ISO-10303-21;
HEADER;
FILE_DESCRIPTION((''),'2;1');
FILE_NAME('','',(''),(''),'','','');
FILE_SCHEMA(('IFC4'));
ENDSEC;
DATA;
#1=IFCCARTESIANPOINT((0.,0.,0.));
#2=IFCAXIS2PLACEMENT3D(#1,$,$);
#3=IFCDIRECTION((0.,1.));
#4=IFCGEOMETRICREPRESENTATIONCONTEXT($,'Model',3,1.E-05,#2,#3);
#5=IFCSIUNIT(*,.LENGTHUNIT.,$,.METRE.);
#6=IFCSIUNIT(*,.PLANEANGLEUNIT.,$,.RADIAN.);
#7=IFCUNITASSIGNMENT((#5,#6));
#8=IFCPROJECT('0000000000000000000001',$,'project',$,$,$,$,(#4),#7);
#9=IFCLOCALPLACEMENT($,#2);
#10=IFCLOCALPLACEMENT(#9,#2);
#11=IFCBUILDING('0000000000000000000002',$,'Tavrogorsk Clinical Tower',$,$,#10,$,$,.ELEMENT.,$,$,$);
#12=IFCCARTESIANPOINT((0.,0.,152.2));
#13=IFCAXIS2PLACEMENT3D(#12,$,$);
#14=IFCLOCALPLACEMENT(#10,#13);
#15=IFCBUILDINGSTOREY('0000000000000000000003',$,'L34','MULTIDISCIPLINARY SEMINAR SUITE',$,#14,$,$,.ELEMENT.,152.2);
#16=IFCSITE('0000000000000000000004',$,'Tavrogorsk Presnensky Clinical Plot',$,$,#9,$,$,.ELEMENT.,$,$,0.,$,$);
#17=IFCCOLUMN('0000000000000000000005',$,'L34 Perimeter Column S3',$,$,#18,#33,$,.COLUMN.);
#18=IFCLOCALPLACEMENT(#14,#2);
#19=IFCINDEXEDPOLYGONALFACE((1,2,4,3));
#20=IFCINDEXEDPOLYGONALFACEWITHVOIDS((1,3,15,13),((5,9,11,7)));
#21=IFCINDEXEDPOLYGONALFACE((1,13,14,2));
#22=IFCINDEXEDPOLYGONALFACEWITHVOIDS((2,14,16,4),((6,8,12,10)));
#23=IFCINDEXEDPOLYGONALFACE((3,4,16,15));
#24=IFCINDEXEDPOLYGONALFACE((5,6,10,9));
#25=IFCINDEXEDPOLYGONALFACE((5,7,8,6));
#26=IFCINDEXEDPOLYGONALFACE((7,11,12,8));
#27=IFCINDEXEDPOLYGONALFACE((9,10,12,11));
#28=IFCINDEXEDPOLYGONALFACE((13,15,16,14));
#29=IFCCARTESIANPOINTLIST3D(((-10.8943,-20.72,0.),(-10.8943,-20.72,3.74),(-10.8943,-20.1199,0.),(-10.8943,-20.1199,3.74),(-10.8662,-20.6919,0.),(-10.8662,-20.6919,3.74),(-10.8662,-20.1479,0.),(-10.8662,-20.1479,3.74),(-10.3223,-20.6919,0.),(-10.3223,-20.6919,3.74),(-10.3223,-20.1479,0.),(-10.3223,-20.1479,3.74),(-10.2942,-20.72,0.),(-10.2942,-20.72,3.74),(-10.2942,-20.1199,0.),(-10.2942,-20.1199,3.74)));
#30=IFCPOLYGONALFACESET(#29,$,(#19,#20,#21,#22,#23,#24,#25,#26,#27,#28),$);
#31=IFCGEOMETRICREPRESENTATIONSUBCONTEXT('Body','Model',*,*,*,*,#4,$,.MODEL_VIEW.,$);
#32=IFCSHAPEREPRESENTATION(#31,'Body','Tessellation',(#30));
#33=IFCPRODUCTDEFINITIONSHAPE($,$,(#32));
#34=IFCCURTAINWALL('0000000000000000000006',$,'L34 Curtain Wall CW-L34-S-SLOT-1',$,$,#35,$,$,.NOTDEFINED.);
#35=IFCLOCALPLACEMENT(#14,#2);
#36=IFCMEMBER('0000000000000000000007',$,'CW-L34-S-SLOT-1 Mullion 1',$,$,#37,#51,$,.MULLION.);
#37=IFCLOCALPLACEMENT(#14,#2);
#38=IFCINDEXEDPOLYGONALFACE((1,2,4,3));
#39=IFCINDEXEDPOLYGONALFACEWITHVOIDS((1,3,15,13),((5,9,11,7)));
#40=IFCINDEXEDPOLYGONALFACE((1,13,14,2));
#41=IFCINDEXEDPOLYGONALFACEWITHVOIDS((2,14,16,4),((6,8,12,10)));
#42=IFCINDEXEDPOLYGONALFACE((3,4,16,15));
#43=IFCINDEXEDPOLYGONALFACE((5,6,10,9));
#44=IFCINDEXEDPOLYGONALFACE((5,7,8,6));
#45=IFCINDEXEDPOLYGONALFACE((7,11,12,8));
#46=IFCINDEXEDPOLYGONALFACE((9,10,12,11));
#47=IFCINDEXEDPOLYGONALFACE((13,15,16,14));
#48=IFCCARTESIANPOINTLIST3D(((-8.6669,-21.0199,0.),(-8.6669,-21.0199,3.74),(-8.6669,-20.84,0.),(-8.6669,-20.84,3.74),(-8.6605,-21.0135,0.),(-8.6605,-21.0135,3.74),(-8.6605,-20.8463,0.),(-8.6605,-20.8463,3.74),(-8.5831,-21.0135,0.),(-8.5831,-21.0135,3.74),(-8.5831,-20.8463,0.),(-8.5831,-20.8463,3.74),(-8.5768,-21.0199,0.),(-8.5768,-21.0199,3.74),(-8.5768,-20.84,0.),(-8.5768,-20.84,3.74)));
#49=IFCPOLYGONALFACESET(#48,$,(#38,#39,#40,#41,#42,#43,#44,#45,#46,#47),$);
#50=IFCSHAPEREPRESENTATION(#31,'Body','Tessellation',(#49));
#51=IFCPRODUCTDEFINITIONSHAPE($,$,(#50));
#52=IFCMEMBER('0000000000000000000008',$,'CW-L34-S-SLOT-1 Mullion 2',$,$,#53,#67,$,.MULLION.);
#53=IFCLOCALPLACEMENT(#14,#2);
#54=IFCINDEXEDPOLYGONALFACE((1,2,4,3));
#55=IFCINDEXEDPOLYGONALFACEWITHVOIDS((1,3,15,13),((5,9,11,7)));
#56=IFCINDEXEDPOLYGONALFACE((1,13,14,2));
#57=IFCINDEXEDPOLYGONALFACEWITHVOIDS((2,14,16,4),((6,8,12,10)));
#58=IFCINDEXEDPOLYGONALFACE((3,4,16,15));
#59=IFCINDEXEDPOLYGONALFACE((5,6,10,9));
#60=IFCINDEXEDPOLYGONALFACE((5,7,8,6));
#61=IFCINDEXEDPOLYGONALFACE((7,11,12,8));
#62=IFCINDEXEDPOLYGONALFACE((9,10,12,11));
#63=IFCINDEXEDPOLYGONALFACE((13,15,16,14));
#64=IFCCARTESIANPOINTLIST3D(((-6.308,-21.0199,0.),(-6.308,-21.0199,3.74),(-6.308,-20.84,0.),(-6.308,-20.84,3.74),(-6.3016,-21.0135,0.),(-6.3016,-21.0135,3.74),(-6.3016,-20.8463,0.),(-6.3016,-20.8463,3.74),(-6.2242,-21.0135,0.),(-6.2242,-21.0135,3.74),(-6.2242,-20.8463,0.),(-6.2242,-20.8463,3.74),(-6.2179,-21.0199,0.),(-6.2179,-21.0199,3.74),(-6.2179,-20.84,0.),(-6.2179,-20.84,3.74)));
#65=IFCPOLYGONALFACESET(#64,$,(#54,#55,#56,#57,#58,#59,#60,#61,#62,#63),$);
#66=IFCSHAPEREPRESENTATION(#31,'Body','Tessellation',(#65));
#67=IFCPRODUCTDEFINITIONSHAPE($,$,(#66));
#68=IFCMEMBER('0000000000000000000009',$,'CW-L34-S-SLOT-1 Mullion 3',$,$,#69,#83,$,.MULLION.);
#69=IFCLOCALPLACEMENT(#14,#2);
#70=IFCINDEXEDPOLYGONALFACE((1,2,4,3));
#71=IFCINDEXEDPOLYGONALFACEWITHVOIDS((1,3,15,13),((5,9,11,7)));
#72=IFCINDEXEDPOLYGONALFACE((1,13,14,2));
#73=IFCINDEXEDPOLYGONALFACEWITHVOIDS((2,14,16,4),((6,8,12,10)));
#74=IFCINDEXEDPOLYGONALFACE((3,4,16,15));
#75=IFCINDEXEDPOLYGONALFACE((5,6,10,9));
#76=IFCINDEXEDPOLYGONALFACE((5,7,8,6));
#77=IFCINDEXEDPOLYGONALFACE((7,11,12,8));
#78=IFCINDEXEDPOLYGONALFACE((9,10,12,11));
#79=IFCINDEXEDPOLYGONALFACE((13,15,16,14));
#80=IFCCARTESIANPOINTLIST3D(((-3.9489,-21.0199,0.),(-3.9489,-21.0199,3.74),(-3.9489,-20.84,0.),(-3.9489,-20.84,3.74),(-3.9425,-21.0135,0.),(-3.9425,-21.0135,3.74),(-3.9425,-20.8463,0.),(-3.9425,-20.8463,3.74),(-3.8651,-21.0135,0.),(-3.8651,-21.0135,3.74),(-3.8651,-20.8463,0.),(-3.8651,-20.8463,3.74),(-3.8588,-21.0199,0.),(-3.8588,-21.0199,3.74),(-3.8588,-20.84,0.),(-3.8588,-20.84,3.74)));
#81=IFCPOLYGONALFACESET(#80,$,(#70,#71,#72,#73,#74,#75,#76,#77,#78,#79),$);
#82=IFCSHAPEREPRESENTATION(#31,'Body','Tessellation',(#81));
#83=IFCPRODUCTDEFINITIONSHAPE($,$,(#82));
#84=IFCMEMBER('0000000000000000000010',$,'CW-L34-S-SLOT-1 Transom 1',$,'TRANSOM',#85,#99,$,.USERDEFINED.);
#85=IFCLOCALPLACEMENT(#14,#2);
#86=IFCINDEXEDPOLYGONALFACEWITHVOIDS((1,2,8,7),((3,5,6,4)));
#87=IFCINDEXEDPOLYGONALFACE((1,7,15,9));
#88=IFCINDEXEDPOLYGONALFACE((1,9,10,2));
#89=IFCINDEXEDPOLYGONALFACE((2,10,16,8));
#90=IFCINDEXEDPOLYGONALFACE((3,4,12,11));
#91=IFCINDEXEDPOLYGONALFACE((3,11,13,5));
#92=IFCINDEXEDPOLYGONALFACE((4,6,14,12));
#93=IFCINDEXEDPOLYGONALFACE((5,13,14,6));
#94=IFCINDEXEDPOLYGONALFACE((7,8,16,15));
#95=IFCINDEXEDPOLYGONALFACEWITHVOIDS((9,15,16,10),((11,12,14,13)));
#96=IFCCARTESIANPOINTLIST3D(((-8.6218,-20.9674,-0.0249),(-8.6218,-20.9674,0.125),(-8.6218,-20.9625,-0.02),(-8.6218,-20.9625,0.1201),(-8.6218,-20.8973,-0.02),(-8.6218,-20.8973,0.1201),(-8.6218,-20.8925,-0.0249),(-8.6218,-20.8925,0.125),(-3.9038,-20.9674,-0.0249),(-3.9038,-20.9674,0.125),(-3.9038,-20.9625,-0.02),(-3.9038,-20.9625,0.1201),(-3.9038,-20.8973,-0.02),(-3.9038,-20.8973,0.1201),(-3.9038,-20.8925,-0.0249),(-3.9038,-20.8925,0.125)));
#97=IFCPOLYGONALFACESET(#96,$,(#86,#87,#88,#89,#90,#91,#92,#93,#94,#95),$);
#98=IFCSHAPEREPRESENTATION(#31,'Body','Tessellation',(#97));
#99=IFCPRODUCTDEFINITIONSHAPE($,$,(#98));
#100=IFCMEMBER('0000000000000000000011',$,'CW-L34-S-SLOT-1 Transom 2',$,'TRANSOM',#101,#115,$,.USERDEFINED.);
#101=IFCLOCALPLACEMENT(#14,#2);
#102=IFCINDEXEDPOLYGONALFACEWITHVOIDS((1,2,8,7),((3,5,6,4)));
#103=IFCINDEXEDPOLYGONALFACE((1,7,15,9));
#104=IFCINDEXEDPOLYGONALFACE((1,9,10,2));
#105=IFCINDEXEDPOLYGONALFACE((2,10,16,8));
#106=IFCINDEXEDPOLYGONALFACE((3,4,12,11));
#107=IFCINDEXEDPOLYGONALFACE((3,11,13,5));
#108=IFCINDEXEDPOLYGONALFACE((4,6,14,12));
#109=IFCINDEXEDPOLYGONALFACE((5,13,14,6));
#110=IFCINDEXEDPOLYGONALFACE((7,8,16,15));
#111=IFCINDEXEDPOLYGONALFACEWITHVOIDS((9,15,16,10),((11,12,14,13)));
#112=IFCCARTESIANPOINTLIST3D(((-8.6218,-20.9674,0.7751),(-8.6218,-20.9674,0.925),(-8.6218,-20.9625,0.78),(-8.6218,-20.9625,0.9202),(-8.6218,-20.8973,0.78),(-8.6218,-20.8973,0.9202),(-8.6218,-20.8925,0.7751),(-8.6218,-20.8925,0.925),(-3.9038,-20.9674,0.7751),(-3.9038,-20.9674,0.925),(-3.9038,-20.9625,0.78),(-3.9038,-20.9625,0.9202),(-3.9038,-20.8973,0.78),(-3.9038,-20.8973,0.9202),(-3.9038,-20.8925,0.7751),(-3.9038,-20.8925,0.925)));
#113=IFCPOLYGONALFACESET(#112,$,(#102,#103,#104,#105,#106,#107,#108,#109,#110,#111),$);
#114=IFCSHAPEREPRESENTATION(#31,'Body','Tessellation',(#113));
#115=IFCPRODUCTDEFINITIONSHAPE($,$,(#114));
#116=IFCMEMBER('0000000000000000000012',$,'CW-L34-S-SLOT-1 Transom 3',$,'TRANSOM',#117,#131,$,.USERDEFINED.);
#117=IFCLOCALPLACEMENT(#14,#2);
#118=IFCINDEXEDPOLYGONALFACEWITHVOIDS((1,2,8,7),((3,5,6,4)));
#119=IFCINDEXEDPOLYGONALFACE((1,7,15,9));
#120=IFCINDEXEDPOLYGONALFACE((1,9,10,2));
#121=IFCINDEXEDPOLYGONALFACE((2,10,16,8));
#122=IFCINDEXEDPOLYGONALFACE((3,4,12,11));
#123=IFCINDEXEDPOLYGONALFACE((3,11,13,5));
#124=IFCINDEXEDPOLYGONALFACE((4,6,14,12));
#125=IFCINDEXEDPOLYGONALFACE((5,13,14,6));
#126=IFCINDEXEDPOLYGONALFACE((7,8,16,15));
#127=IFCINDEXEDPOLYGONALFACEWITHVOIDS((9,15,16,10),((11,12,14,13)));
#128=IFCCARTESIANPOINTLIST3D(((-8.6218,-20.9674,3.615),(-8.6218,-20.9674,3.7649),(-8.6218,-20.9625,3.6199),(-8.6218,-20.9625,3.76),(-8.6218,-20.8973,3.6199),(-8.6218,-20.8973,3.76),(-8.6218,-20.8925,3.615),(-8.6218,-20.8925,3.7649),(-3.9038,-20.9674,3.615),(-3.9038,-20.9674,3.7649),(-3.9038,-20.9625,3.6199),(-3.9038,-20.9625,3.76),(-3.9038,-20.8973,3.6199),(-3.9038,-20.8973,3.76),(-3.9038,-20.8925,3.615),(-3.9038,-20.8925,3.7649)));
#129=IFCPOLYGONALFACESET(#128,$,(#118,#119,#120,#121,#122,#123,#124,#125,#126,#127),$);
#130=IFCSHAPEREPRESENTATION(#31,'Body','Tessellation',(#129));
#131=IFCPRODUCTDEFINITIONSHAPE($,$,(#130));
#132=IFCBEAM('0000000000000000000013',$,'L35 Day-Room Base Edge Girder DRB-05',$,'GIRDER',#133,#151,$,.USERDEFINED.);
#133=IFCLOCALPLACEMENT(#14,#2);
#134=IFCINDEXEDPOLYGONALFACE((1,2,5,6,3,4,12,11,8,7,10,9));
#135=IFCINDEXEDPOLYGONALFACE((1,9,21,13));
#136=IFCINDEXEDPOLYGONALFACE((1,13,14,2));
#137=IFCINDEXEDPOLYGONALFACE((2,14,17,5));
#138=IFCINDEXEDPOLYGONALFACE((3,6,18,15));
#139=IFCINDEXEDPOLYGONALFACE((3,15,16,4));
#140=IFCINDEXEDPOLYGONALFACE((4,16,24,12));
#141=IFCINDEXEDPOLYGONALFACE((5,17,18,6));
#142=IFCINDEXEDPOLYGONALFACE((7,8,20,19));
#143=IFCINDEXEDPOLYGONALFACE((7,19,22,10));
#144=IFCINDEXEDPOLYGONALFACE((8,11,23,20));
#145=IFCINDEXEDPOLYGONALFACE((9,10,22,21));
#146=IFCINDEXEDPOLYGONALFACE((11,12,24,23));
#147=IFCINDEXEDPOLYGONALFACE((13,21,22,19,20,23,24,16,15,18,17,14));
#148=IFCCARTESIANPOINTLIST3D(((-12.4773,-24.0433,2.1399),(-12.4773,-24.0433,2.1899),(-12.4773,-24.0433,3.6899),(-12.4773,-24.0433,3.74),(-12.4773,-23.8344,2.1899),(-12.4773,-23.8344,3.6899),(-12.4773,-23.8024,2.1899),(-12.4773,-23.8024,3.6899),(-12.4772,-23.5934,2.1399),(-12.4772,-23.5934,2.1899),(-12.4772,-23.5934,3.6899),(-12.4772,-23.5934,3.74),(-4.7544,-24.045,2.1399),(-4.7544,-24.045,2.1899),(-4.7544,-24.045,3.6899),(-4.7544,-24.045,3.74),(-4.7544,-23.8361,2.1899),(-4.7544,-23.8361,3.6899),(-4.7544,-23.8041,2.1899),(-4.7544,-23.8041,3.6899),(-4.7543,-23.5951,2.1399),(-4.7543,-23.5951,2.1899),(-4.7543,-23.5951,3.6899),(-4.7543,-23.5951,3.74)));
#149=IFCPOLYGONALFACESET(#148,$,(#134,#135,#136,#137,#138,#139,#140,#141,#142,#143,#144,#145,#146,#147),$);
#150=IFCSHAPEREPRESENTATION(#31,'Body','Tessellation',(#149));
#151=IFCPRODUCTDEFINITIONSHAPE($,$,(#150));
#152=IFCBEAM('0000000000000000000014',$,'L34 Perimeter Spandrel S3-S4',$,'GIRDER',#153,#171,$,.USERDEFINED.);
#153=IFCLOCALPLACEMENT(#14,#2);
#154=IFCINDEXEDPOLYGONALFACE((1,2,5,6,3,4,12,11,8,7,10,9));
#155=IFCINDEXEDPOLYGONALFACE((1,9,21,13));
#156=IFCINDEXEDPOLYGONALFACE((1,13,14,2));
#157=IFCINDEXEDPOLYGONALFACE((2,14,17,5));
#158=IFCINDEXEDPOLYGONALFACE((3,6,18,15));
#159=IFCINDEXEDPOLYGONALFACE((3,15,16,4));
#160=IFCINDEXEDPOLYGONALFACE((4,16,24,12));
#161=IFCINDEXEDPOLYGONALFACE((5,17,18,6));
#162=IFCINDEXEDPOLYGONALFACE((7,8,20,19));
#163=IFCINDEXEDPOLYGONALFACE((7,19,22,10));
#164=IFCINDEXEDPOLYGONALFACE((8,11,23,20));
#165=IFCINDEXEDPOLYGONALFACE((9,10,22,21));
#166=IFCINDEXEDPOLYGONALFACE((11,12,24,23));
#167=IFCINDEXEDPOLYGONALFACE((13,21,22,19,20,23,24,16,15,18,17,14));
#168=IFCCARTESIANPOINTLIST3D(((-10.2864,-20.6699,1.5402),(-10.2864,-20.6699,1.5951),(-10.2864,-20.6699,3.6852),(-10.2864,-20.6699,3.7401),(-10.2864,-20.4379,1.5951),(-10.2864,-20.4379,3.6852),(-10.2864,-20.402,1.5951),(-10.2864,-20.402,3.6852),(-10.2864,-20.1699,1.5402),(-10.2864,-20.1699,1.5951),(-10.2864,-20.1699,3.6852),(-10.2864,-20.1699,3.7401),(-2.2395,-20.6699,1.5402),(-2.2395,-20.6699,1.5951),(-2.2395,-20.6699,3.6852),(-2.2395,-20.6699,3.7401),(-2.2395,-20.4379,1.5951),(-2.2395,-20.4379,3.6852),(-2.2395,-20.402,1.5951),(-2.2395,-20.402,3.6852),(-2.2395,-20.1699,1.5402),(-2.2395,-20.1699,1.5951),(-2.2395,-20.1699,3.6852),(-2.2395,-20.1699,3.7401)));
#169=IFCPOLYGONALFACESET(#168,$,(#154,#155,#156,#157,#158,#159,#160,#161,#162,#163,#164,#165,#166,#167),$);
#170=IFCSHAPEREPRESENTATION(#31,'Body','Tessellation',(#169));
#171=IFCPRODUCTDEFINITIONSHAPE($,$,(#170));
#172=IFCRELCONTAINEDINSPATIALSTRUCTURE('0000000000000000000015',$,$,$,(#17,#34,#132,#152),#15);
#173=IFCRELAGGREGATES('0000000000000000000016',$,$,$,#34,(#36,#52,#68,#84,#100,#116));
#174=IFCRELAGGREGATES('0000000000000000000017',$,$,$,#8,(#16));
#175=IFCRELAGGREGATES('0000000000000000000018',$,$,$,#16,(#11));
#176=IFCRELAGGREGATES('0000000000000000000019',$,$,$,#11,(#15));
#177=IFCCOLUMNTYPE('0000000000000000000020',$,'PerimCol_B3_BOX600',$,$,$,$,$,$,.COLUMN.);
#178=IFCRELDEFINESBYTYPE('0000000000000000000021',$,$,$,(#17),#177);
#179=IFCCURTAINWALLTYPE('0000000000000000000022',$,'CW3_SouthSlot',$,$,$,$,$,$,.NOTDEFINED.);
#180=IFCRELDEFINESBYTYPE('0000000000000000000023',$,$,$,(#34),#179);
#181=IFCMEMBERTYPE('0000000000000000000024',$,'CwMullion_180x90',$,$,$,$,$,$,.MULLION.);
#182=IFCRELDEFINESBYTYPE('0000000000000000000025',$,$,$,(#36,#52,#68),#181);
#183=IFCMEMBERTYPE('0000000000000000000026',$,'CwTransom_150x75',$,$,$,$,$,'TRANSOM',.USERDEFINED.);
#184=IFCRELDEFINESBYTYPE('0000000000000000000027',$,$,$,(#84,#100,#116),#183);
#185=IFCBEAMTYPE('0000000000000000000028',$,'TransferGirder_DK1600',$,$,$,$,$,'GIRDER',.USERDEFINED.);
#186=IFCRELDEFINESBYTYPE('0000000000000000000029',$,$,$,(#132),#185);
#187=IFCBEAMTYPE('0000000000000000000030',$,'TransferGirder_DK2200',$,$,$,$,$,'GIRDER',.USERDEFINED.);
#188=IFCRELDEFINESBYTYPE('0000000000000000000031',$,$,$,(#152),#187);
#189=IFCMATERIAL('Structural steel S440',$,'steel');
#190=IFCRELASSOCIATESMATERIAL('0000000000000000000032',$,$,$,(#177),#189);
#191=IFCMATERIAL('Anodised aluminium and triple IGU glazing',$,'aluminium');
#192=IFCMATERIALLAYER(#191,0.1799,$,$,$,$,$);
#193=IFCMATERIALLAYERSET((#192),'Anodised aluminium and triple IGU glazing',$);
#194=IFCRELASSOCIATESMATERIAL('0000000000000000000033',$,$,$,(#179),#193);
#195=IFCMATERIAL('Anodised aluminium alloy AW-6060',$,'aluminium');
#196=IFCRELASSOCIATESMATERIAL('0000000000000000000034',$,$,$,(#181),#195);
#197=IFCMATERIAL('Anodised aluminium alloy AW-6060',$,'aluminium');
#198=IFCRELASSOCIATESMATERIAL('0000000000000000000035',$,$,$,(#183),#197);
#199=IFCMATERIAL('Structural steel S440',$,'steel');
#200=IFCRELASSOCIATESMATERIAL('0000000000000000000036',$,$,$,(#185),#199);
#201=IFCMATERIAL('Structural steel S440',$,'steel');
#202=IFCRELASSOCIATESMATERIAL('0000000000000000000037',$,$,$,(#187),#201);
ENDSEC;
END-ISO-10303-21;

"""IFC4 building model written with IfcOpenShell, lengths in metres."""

from ifc_helpers import new_model, si_unit, direction, frame, origin, origin_2d, place, context, subcontext, project, spatial, hollow_rectangle, i_section, extrude, material, layer, layer_set, material_profile, profile_set, type_object, element, aggregate, save


model = new_model("IFC4")

# Units and contexts
model_context = context("Model", 3, precision=1e-05, world=origin(), true_north=direction((0.0, 1.0)))
body_context = subcontext(model_context, "Body", "Model", "MODEL_VIEW")
ifc_project = project(units=[si_unit("LENGTHUNIT", "METRE"), si_unit("PLANEANGLEUNIT", "RADIAN")], contexts=[model_context])

# Site, building, storey
site_placement = place(None, origin())
site = spatial("IfcSite", under=ifc_project, at=site_placement, Name="Tavrogorsk Presnensky Clinical Plot", CompositionType="ELEMENT", RefElevation=0.0)
building_placement = place(site_placement, origin())
building = spatial("IfcBuilding", under=site, at=building_placement, Name="Tavrogorsk Clinical Tower", CompositionType="ELEMENT")
storey_placement = place(building_placement, frame((0.0, 0.0, 152.2)))
storey = spatial("IfcBuildingStorey", under=building, at=storey_placement, Name="L34", Description="MULTIDISCIPLINARY SEMINAR SUITE", CompositionType="ELEMENT", Elevation=152.2)

# Column
ifc_material_1 = material(Name="Structural steel S440", Category="steel")
ifc_material_profile_1 = material_profile(ifc_material_1, hollow_rectangle(XDim=0.6001, YDim=0.6001, WallThickness=0.0281, at=origin_2d()), Name="BOX-600x600x28")
ifc_profile_set_1 = profile_set([ifc_material_profile_1], Name="Structural steel S440")
column_type = type_object("IfcColumnType", Name="PerimCol_B3_BOX600", PredefinedType="COLUMN", material=ifc_profile_set_1)
column_placement = place(storey_placement, frame((-10.5942, -20.4199, 0.0), z_axis=(0.0, 0.0, 1.0), x_axis=(1.0, 0.0, 0.0)))
element("IfcColumn", 1, at=column_placement, inside=storey, type_object=column_type, Name="L34 Perimeter Column S3", PredefinedType="COLUMN", context=body_context, shape_type="SweptSolid", body=[
    extrude(hollow_rectangle(XDim=0.6001, YDim=0.6001, WallThickness=0.0281, at=origin_2d()), origin(), (0.0, 0.0, 1.0), 3.74),
])

# Curtain wall, members
ifc_material_2 = material(Name="Anodised aluminium and triple IGU glazing", Category="aluminium")
ifc_layer_1 = layer(ifc_material_2, 0.1799)
ifc_layer_set_1 = layer_set([ifc_layer_1], Name="Anodised aluminium and triple IGU glazing")
curtain_wall_type = type_object("IfcCurtainWallType", Name="CW3_SouthSlot", PredefinedType="NOTDEFINED", material=ifc_layer_set_1)
curtain_wall_placement = place(storey_placement, origin())
curtain_wall = element("IfcCurtainWall", 2, at=curtain_wall_placement, inside=storey, type_object=curtain_wall_type, Name="L34 Curtain Wall CW-L34-S-SLOT-1", PredefinedType="NOTDEFINED")
ifc_material_3 = material(Name="Anodised aluminium alloy AW-6060", Category="aluminium")
ifc_material_profile_2 = material_profile(ifc_material_3, hollow_rectangle(XDim=0.0901, YDim=0.1799, WallThickness=0.0063, at=origin_2d()), Name="RHS-180x90x6.3")
ifc_profile_set_2 = profile_set([ifc_material_profile_2], Name="Anodised aluminium alloy AW-6060")
member_type_1 = type_object("IfcMemberType", Name="CwMullion_180x90", PredefinedType="MULLION", material=ifc_profile_set_2)
member_1_placement = place(storey_placement, frame((-8.6218, -20.9299, 0.0), z_axis=(0.0, 0.0, 1.0), x_axis=(1.0, 0.0, 0.0)))
member_1 = element("IfcMember", 3, at=member_1_placement, type_object=member_type_1, Name="CW-L34-S-SLOT-1 Mullion 1", PredefinedType="MULLION", context=body_context, shape_type="SweptSolid", body=[
    extrude(hollow_rectangle(XDim=0.0901, YDim=0.1799, WallThickness=0.0063, at=origin_2d()), origin(), (0.0, 0.0, 1.0), 3.74),
])
member_2_placement = place(storey_placement, frame((-6.2629, -20.9299, 0.0), z_axis=(0.0, 0.0, 1.0), x_axis=(1.0, 0.0, 0.0)))
member_2 = element("IfcMember", 4, at=member_2_placement, type_object=member_type_1, Name="CW-L34-S-SLOT-1 Mullion 2", PredefinedType="MULLION", context=body_context, shape_type="SweptSolid", body=[
    extrude(hollow_rectangle(XDim=0.0901, YDim=0.1799, WallThickness=0.0063, at=origin_2d()), origin(), (0.0, 0.0, 1.0), 3.74),
])
member_3_placement = place(storey_placement, frame((-3.9038, -20.9299, 0.0), z_axis=(0.0, 0.0, 1.0), x_axis=(1.0, 0.0, 0.0)))
member_3 = element("IfcMember", 5, at=member_3_placement, type_object=member_type_1, Name="CW-L34-S-SLOT-1 Mullion 3", PredefinedType="MULLION", context=body_context, shape_type="SweptSolid", body=[
    extrude(hollow_rectangle(XDim=0.0901, YDim=0.1799, WallThickness=0.0063, at=origin_2d()), origin(), (0.0, 0.0, 1.0), 3.74),
])
ifc_material_4 = material(Name="Anodised aluminium alloy AW-6060", Category="aluminium")
ifc_material_profile_3 = material_profile(ifc_material_4, hollow_rectangle(XDim=0.075, YDim=0.1499, WallThickness=0.0049, at=origin_2d()), Name="RHS-150x75x5")
ifc_profile_set_3 = profile_set([ifc_material_profile_3], Name="Anodised aluminium alloy AW-6060")
member_type_2 = type_object("IfcMemberType", Name="CwTransom_150x75", ElementType="TRANSOM", PredefinedType="USERDEFINED", material=ifc_profile_set_3)
member_4_placement = place(storey_placement, frame((-8.6218, -20.9299, 0.05), z_axis=(1.0, 0.0, 0.0), x_axis=(0.0, 1.0, 0.0)))
member_4 = element("IfcMember", 6, at=member_4_placement, type_object=member_type_2, Name="CW-L34-S-SLOT-1 Transom 1", ObjectType="TRANSOM", PredefinedType="USERDEFINED", context=body_context, shape_type="SweptSolid", body=[
    extrude(hollow_rectangle(XDim=0.075, YDim=0.1499, WallThickness=0.0049, at=origin_2d()), origin(), (0.0, 0.0, 1.0), 4.718),
])
member_5_placement = place(storey_placement, frame((-8.6218, -20.9299, 0.8501), z_axis=(1.0, 0.0, 0.0), x_axis=(0.0, 1.0, 0.0)))
member_5 = element("IfcMember", 7, at=member_5_placement, type_object=member_type_2, Name="CW-L34-S-SLOT-1 Transom 2", ObjectType="TRANSOM", PredefinedType="USERDEFINED", context=body_context, shape_type="SweptSolid", body=[
    extrude(hollow_rectangle(XDim=0.075, YDim=0.1499, WallThickness=0.0049, at=origin_2d()), origin(), (0.0, 0.0, 1.0), 4.718),
])
member_6_placement = place(storey_placement, frame((-8.6218, -20.9299, 3.6899), z_axis=(1.0, 0.0, 0.0), x_axis=(0.0, 1.0, 0.0)))
member_6 = element("IfcMember", 8, at=member_6_placement, type_object=member_type_2, Name="CW-L34-S-SLOT-1 Transom 3", ObjectType="TRANSOM", PredefinedType="USERDEFINED", context=body_context, shape_type="SweptSolid", body=[
    extrude(hollow_rectangle(XDim=0.075, YDim=0.1499, WallThickness=0.0049, at=origin_2d()), origin(), (0.0, 0.0, 1.0), 4.718),
])

# Beams
ifc_material_5 = material(Name="Structural steel S440", Category="steel")
ifc_material_profile_4 = material_profile(ifc_material_5, i_section(OverallWidth=0.45, OverallDepth=1.6001, WebThickness=0.032, FlangeThickness=0.05, at=origin_2d()), Name="DK-1600x450x32x50")
ifc_profile_set_4 = profile_set([ifc_material_profile_4], Name="Structural steel S440")
beam_type_1 = type_object("IfcBeamType", Name="TransferGirder_DK1600", ElementType="GIRDER", PredefinedType="USERDEFINED", material=ifc_profile_set_4)
beam_1_placement = place(storey_placement, frame((-12.4773, -23.8184, 2.9399), z_axis=(1.0, -0.000221, 0.0), x_axis=(0.000221, 1.0, 0.0)))
element("IfcBeam", 9, at=beam_1_placement, inside=storey, type_object=beam_type_1, Name="L35 Day-Room Base Edge Girder DRB-05", ObjectType="GIRDER", PredefinedType="USERDEFINED", context=body_context, shape_type="SweptSolid", body=[
    extrude(i_section(OverallWidth=0.45, OverallDepth=1.6001, WebThickness=0.032, FlangeThickness=0.05, at=origin_2d()), origin(), (0.0, 0.0, 1.0), 7.7229),
])
ifc_material_6 = material(Name="Structural steel S440", Category="steel")
ifc_material_profile_5 = material_profile(ifc_material_6, i_section(OverallWidth=0.5, OverallDepth=2.2, WebThickness=0.0359, FlangeThickness=0.0549, at=origin_2d()), Name="DK-2200x500x36x55")
ifc_profile_set_5 = profile_set([ifc_material_profile_5], Name="Structural steel S440")
beam_type_2 = type_object("IfcBeamType", Name="TransferGirder_DK2200", ElementType="GIRDER", PredefinedType="USERDEFINED", material=ifc_profile_set_5)
beam_2_placement = place(storey_placement, frame((-10.2864, -20.4199, 2.6401), z_axis=(1.0, 0.0, 0.0), x_axis=(0.0, 1.0, 0.0)))
element("IfcBeam", 10, at=beam_2_placement, inside=storey, type_object=beam_type_2, Name="L34 Perimeter Spandrel S3-S4", ObjectType="GIRDER", PredefinedType="USERDEFINED", context=body_context, shape_type="SweptSolid", body=[
    extrude(i_section(OverallWidth=0.5, OverallDepth=2.2, WebThickness=0.0359, FlangeThickness=0.0549, at=origin_2d()), origin(), (0.0, 0.0, 1.0), 8.0469),
])

aggregate(curtain_wall, [member_1, member_2, member_3, member_4, member_5, member_6])

save(model, "model.ifc")
